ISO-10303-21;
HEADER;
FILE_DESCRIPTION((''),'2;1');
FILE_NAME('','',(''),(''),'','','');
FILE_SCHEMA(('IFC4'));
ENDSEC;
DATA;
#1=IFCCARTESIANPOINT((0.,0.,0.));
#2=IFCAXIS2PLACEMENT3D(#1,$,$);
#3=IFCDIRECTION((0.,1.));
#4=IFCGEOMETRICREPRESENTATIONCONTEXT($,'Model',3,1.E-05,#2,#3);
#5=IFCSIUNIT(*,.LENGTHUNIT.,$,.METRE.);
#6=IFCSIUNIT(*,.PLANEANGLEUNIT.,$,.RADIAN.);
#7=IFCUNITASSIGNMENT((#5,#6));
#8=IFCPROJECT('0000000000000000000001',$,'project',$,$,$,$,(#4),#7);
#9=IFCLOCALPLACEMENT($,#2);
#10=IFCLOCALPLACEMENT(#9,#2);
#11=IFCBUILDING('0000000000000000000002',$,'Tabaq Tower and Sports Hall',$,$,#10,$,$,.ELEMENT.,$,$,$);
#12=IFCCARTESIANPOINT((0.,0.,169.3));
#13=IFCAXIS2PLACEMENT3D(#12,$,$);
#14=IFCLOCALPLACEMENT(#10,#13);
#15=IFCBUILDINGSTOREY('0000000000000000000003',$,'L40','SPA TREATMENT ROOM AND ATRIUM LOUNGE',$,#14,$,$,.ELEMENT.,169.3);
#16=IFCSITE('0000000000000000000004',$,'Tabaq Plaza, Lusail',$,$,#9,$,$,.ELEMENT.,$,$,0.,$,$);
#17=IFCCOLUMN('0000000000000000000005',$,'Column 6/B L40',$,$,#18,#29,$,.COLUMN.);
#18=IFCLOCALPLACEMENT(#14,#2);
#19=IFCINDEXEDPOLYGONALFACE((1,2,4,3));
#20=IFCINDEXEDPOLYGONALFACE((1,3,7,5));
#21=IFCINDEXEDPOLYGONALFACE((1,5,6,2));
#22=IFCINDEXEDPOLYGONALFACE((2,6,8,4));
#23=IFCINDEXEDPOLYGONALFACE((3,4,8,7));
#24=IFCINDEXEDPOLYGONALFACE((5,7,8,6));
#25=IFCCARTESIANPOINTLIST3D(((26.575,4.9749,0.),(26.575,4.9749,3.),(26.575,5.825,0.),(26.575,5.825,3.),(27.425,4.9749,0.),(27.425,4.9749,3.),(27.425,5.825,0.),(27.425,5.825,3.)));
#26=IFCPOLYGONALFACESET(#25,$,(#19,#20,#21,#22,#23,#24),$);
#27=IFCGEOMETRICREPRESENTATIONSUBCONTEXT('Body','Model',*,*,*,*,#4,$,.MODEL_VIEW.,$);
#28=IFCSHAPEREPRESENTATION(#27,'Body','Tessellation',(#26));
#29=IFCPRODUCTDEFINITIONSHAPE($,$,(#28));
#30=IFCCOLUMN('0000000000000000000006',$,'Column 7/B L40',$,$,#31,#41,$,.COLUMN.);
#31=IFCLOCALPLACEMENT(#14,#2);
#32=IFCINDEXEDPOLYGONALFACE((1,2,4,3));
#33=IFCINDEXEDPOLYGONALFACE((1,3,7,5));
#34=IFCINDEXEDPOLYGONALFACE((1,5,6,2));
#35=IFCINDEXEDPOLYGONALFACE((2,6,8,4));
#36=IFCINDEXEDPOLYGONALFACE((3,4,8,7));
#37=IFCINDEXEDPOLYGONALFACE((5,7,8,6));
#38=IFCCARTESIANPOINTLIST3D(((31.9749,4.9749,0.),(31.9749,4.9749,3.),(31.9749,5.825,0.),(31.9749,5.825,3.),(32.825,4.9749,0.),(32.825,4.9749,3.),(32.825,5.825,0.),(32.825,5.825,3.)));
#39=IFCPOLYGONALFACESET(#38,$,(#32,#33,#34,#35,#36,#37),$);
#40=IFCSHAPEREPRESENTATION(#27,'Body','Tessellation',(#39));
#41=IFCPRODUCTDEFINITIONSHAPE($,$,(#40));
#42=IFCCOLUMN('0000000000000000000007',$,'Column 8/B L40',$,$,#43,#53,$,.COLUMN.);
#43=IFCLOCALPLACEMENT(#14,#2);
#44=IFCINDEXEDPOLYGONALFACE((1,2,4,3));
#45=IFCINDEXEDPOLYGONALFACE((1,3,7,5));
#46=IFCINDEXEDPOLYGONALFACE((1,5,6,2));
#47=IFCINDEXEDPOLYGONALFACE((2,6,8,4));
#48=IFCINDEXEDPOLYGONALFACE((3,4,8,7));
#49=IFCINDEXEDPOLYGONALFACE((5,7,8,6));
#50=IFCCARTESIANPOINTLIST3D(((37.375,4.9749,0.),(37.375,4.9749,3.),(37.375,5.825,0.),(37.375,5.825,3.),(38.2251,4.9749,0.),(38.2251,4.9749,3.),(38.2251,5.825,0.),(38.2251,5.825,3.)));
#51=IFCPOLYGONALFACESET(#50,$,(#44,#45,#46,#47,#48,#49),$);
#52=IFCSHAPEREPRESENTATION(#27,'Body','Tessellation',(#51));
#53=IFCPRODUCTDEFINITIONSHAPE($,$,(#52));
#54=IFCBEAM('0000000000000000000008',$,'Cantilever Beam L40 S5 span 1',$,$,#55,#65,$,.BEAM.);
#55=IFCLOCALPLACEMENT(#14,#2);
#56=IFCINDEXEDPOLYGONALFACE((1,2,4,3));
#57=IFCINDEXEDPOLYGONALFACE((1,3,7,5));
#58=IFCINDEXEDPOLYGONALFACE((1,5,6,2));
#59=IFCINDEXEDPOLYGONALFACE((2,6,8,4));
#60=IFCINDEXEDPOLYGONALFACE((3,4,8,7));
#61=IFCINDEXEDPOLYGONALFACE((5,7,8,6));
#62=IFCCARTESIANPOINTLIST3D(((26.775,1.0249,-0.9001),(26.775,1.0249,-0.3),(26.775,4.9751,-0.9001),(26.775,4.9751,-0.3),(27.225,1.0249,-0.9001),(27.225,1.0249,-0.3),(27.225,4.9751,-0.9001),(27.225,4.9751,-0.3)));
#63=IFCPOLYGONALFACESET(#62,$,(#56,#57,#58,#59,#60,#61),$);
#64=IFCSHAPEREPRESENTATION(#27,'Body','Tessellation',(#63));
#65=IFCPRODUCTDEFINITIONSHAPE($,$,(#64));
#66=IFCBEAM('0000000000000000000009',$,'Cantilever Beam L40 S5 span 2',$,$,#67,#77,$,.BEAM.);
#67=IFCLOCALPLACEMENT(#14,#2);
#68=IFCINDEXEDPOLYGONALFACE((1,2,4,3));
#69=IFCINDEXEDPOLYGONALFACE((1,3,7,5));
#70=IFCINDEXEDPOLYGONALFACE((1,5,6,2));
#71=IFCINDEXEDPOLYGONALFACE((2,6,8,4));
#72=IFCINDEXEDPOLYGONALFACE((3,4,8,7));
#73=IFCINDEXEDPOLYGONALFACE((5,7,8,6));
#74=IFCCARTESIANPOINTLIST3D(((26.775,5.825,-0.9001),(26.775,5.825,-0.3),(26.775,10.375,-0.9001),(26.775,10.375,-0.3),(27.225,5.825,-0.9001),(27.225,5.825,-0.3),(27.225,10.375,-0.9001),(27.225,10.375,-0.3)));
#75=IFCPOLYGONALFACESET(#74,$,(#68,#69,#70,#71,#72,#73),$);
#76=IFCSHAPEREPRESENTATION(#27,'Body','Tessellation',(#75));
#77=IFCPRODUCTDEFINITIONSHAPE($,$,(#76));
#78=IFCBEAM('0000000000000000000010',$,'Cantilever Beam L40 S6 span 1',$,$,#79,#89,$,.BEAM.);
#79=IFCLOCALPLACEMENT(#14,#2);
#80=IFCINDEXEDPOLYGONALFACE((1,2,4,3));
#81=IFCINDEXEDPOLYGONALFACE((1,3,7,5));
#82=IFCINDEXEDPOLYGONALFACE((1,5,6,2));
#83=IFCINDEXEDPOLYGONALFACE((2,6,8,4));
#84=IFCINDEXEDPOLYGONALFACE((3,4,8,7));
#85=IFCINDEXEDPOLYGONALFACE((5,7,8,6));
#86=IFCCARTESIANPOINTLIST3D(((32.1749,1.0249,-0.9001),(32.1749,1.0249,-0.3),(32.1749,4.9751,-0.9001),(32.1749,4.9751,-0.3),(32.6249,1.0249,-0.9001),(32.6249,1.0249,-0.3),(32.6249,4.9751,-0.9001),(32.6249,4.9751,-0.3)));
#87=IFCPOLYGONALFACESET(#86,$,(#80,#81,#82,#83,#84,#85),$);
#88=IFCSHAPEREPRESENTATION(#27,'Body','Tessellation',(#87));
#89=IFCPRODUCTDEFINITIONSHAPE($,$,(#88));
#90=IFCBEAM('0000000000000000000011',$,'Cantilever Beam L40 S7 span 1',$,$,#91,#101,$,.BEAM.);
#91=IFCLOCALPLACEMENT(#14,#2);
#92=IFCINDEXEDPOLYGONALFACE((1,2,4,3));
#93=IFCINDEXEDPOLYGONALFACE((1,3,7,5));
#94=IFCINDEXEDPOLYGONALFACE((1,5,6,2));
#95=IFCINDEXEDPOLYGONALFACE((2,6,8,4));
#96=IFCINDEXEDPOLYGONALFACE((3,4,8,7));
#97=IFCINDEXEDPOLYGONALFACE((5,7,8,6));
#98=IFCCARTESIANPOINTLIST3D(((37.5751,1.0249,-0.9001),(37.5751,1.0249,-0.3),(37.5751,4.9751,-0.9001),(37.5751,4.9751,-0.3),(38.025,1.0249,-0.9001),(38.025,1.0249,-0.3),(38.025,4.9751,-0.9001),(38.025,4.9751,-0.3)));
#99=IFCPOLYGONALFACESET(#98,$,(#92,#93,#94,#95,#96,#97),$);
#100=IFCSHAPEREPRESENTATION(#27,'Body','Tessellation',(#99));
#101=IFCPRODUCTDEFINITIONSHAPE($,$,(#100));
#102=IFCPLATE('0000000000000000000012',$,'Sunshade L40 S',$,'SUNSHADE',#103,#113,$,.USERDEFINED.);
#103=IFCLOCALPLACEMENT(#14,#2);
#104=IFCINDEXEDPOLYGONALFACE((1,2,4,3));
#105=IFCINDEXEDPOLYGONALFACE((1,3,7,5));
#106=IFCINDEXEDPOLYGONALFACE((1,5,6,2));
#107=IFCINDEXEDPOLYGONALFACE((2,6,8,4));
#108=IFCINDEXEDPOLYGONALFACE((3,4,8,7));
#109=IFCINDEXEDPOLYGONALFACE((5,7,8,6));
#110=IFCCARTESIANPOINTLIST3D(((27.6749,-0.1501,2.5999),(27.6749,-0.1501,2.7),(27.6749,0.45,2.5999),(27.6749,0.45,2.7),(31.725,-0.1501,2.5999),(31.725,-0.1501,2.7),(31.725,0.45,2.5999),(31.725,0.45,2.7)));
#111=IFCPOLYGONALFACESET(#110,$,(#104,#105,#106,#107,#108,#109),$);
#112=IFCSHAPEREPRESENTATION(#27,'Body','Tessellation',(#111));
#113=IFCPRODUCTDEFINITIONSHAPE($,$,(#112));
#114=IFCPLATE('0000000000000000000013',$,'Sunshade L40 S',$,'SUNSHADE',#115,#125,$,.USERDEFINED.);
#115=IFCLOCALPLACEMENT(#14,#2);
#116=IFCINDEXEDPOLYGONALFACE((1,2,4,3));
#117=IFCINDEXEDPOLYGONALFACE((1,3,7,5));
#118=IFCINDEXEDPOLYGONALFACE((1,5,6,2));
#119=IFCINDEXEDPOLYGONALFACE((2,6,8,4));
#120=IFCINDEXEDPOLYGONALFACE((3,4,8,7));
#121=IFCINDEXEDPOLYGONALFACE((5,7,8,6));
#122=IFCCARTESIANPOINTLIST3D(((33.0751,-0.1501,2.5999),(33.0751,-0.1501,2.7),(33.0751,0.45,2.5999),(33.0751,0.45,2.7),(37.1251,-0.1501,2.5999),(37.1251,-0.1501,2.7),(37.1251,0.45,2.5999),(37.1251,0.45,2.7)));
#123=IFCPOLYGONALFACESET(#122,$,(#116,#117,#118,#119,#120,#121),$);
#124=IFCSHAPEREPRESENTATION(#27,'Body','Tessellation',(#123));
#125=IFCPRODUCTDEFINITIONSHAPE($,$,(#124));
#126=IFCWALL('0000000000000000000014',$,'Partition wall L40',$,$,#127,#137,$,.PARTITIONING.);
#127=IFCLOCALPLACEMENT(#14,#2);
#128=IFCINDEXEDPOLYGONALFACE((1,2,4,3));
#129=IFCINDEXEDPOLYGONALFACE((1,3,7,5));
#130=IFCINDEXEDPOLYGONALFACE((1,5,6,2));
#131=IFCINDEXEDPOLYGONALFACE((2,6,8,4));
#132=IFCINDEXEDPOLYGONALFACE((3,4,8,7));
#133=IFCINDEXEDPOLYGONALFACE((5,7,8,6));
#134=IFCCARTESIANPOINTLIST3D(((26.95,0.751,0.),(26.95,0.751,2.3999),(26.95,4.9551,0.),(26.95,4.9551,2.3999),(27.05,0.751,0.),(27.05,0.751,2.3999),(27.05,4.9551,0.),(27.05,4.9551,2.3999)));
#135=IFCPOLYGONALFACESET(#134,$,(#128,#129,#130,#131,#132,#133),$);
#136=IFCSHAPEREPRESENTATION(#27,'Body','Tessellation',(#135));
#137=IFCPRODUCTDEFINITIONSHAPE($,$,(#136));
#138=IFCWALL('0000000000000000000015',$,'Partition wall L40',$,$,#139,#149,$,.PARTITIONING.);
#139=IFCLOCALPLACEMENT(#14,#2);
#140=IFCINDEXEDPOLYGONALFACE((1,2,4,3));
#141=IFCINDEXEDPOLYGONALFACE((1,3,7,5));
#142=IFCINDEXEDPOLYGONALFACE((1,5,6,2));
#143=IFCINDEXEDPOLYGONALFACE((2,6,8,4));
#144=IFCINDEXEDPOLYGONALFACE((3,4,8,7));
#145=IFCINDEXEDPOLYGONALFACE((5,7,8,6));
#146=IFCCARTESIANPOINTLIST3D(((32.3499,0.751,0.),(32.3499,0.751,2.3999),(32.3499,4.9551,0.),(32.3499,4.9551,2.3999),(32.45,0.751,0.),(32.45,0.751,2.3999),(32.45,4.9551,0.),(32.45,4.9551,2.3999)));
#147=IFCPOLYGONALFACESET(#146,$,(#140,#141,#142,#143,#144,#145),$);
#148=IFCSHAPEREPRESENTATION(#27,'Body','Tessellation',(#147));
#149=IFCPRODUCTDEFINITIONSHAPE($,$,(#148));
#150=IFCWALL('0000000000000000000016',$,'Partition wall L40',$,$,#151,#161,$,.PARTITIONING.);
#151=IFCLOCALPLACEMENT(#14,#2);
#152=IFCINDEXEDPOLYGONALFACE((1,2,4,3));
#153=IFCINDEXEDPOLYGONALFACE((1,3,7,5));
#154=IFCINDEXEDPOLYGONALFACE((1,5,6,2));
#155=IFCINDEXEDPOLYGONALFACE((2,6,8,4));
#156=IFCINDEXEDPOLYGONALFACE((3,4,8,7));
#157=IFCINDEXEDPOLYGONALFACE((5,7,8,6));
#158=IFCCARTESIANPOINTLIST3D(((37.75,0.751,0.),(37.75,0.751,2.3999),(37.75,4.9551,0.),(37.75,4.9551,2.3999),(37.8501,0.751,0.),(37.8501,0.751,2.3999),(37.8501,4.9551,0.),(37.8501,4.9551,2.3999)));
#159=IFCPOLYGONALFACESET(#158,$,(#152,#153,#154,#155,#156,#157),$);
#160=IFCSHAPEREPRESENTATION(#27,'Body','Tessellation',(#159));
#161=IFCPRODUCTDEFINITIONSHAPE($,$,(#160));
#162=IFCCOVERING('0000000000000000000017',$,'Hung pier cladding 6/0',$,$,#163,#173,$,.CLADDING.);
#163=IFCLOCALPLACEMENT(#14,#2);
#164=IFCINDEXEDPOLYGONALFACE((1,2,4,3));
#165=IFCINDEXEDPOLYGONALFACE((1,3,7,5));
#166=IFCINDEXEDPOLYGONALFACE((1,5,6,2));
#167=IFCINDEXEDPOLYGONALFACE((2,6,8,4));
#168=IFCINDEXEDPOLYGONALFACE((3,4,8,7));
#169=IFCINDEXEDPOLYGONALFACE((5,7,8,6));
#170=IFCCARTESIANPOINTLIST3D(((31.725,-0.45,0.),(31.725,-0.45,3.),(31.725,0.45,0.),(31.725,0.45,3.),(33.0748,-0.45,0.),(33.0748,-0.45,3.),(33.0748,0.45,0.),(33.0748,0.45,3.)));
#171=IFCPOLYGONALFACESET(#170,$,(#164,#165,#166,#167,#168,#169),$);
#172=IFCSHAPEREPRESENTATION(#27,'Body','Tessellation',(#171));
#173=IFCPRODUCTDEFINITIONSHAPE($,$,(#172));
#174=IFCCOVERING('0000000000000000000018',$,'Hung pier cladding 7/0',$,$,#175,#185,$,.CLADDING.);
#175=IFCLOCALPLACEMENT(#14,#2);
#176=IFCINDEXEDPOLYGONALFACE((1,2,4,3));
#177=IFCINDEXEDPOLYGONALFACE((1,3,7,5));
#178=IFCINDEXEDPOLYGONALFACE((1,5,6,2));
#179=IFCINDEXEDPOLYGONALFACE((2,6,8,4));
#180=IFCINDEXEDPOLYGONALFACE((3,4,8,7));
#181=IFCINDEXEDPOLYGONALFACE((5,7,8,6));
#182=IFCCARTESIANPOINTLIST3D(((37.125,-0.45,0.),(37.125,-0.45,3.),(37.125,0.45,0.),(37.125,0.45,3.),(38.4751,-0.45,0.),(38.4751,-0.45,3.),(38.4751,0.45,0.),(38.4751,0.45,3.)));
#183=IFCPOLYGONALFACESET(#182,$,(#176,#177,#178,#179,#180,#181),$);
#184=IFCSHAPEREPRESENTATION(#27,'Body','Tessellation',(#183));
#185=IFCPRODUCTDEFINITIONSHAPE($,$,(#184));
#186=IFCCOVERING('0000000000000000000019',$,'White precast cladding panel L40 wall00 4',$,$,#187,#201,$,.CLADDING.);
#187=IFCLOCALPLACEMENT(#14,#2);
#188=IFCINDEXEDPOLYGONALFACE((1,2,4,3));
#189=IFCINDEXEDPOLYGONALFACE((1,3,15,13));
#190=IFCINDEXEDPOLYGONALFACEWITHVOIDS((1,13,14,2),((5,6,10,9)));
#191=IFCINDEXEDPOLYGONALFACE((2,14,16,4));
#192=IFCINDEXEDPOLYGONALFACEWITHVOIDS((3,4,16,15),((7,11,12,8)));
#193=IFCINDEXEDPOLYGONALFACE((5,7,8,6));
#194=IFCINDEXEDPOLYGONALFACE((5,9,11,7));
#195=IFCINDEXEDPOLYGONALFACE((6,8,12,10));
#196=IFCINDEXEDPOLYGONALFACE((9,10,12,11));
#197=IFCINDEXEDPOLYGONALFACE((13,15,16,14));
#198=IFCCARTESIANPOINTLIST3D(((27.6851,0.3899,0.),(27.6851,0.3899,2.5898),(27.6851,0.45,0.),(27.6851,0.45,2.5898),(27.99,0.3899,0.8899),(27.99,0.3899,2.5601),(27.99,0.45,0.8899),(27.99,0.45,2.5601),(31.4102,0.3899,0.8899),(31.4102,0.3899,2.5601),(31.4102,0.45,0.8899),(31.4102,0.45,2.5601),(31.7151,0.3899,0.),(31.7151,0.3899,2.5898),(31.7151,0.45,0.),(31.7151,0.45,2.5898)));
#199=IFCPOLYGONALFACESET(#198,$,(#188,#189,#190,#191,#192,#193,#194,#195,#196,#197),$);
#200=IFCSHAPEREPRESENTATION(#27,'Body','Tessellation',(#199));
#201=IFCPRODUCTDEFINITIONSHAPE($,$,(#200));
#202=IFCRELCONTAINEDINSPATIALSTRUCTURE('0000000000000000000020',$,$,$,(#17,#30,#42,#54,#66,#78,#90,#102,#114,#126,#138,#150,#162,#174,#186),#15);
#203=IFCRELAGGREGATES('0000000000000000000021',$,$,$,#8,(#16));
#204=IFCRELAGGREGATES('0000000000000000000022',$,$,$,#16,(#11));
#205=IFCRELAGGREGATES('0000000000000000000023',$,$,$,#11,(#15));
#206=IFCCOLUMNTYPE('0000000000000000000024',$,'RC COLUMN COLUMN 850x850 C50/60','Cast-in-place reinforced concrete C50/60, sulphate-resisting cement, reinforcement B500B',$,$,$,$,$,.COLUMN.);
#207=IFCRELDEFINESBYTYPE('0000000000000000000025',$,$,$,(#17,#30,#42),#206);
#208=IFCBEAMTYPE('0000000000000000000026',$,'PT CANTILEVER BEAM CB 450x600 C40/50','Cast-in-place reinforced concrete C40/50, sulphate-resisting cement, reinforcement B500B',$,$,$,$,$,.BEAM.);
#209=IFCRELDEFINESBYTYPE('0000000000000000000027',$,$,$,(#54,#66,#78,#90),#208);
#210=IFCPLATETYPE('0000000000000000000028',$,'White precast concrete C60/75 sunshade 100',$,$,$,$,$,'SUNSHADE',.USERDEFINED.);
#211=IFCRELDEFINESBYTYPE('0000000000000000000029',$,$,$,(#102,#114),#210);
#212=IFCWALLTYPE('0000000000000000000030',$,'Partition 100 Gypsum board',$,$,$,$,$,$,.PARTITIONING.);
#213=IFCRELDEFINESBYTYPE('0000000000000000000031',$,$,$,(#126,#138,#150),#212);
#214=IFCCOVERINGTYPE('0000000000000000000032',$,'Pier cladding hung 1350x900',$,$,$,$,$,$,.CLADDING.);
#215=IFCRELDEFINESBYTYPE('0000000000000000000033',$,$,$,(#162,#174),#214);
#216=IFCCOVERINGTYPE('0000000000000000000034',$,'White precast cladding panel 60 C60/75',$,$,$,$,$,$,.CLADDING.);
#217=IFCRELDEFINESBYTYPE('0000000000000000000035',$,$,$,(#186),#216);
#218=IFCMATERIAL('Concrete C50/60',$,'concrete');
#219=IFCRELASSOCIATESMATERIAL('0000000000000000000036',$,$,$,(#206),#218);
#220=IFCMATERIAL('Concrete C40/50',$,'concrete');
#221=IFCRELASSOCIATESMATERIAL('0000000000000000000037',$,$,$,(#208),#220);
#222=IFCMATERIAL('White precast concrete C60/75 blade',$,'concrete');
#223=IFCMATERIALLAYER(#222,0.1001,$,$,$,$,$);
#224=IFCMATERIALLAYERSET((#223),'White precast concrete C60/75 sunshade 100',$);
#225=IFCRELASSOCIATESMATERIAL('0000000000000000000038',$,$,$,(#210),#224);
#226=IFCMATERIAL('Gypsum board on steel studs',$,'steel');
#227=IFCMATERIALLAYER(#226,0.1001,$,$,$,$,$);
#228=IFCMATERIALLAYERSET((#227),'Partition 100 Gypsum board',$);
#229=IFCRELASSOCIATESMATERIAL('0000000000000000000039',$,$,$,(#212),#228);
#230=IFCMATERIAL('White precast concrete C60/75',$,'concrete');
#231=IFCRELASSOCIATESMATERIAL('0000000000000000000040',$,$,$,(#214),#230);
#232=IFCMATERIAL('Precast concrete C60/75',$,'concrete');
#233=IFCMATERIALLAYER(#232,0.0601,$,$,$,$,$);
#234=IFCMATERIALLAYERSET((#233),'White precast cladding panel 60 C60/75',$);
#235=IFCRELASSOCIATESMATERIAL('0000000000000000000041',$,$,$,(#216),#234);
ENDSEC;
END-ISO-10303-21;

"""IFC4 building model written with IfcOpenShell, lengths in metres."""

from ifc_helpers import new_model, si_unit, direction, frame, frame_2d, origin, origin_2d, place, context, subcontext, project, spatial, polyline, rectangle, outline, extrude, material, layer, layer_set, material_profile, profile_set, type_object, element, save


model = new_model("IFC4")

# Units and contexts
model_context = context("Model", 3, precision=1e-05, world=origin(), true_north=direction((0.0, 1.0)))
body_context = subcontext(model_context, "Body", "Model", "MODEL_VIEW")
ifc_project = project(units=[si_unit("LENGTHUNIT", "METRE"), si_unit("PLANEANGLEUNIT", "RADIAN")], contexts=[model_context])

# Site, building, storey
site_placement = place(None, origin())
site = spatial("IfcSite", under=ifc_project, at=site_placement, Name="Tabaq Plaza, Lusail", CompositionType="ELEMENT", RefElevation=0.0)
building_placement = place(site_placement, origin())
building = spatial("IfcBuilding", under=site, at=building_placement, Name="Tabaq Tower and Sports Hall", CompositionType="ELEMENT")
storey_placement = place(building_placement, frame((0.0, 0.0, 169.3)))
storey = spatial("IfcBuildingStorey", under=building, at=storey_placement, Name="L40", Description="SPA TREATMENT ROOM AND ATRIUM LOUNGE", CompositionType="ELEMENT", Elevation=169.3)

# Columns
ifc_material_1 = material(Name="Concrete C50/60", Category="concrete")
ifc_material_profile_1 = material_profile(ifc_material_1, rectangle(XDim=0.8501, YDim=0.8501, at=origin_2d()), Name="COLUMN 850x850")
ifc_profile_set_1 = profile_set([ifc_material_profile_1], Name="Concrete C50/60")
column_type = type_object("IfcColumnType", Name="RC COLUMN COLUMN 850x850 C50/60", Description="Cast-in-place reinforced concrete C50/60, sulphate-resisting cement, reinforcement B500B", PredefinedType="COLUMN", material=ifc_profile_set_1)
for number, where, z_axis, x_axis, name in (
    (1, (27.0, 5.3999, 0.0), (0.0, 0.0, 1.0), (1.0, 0.0, 0.0), "Column 6/B L40"),
    (2, (32.3999, 5.3999, 0.0), (0.0, 0.0, 1.0), (1.0, 0.0, 0.0), "Column 7/B L40"),
    (3, (37.8, 5.3999, 0.0), (0.0, 0.0, 1.0), (1.0, 0.0, 0.0), "Column 8/B L40"),
):
    element("IfcColumn", number, at=place(storey_placement, frame(where, z_axis=z_axis, x_axis=x_axis)), inside=storey, type_object=column_type, Name=name, PredefinedType="COLUMN", context=body_context, shape_type="SweptSolid", body=[
        extrude(rectangle(XDim=0.8501, YDim=0.8501, at=origin_2d()), origin(), (0.0, 0.0, 1.0), 3.0),
    ])

# Beams
ifc_material_2 = material(Name="Concrete C40/50", Category="concrete")
ifc_material_profile_2 = material_profile(ifc_material_2, rectangle(XDim=0.45, YDim=0.6001, at=origin_2d()), Name="CB 450x600")
ifc_profile_set_2 = profile_set([ifc_material_profile_2], Name="Concrete C40/50")
beam_type = type_object("IfcBeamType", Name="PT CANTILEVER BEAM CB 450x600 C40/50", Description="Cast-in-place reinforced concrete C40/50, sulphate-resisting cement, reinforcement B500B", PredefinedType="BEAM", material=ifc_profile_set_2)
beam_1_placement = place(storey_placement, frame((27.0, 1.0249, -0.6001), z_axis=(0.0, 1.0, 0.0), x_axis=(-1.0, 0.0, 0.0)))
element("IfcBeam", 4, at=beam_1_placement, inside=storey, type_object=beam_type, Name="Cantilever Beam L40 S5 span 1", PredefinedType="BEAM", context=body_context, shape_type="SweptSolid", body=[
    extrude(rectangle(XDim=0.45, YDim=0.6001, at=origin_2d()), origin(), (0.0, 0.0, 1.0), 3.9502),
])
beam_2_placement = place(storey_placement, frame((27.0, 5.825, -0.6001), z_axis=(0.0, 1.0, 0.0), x_axis=(-1.0, 0.0, 0.0)))
element("IfcBeam", 5, at=beam_2_placement, inside=storey, type_object=beam_type, Name="Cantilever Beam L40 S5 span 2", PredefinedType="BEAM", context=body_context, shape_type="SweptSolid", body=[
    extrude(rectangle(XDim=0.45, YDim=0.6001, at=origin_2d()), origin(), (0.0, 0.0, 1.0), 4.55),
])
for number, where, z_axis, x_axis, name in (
    (6, (32.3999, 1.0249, -0.6001), (0.0, 1.0, 0.0), (-1.0, 0.0, 0.0), "Cantilever Beam L40 S6 span 1"),
    (7, (37.8, 1.0249, -0.6001), (0.0, 1.0, 0.0), (-1.0, 0.0, 0.0), "Cantilever Beam L40 S7 span 1"),
):
    element("IfcBeam", number, at=place(storey_placement, frame(where, z_axis=z_axis, x_axis=x_axis)), inside=storey, type_object=beam_type, Name=name, PredefinedType="BEAM", context=body_context, shape_type="SweptSolid", body=[
        extrude(rectangle(XDim=0.45, YDim=0.6001, at=origin_2d()), origin(), (0.0, 0.0, 1.0), 3.9502),
    ])

# Plates
ifc_material_3 = material(Name="White precast concrete C60/75 blade", Category="concrete")
ifc_layer_1 = layer(ifc_material_3, 0.1001)
ifc_layer_set_1 = layer_set([ifc_layer_1], Name="White precast concrete C60/75 sunshade 100")
plate_type = type_object("IfcPlateType", Name="White precast concrete C60/75 sunshade 100", ElementType="SUNSHADE", PredefinedType="USERDEFINED", material=ifc_layer_set_1)
for number, where, z_axis, x_axis, name in (
    (8, (29.7, 0.1499, 2.5999), (0.0, 0.0, 1.0), (1.0, 0.0, 0.0), "Sunshade L40 S"),
    (9, (35.1001, 0.1499, 2.5999), (0.0, 0.0, 1.0), (1.0, 0.0, 0.0), "Sunshade L40 S"),
):
    element("IfcPlate", number, at=place(storey_placement, frame(where, z_axis=z_axis, x_axis=x_axis)), inside=storey, type_object=plate_type, Name=name, ObjectType="SUNSHADE", PredefinedType="USERDEFINED", context=body_context, shape_type="SweptSolid", body=[
        extrude(rectangle(XDim=4.05, YDim=0.6001, at=origin_2d()), origin(), (0.0, 0.0, 1.0), 0.1001),
    ])

# Walls
ifc_material_4 = material(Name="Gypsum board on steel studs", Category="steel")
ifc_layer_2 = layer(ifc_material_4, 0.1001)
ifc_layer_set_2 = layer_set([ifc_layer_2], Name="Partition 100 Gypsum board")
wall_type = type_object("IfcWallType", Name="Partition 100 Gypsum board", PredefinedType="PARTITIONING", material=ifc_layer_set_2)
for number, where, z_axis, x_axis, name in (
    (10, (27.0, 0.751, 0.0), (0.0, 0.0, 1.0), (0.0, 1.0, 0.0), "Partition wall L40"),
    (11, (32.3999, 0.751, 0.0), (0.0, 0.0, 1.0), (0.0, 1.0, 0.0), "Partition wall L40"),
    (12, (37.8, 0.751, 0.0), (0.0, 0.0, 1.0), (0.0, 1.0, 0.0), "Partition wall L40"),
):
    element("IfcWall", number, at=place(storey_placement, frame(where, z_axis=z_axis, x_axis=x_axis)), inside=storey, type_object=wall_type, Name=name, PredefinedType="PARTITIONING", context=body_context, shape_type="SweptSolid", body=[
        extrude(rectangle(XDim=4.2041, YDim=0.1001, at=frame_2d((2.1021, 0.0))), origin(), (0.0, 0.0, 1.0), 2.3999),
    ])

# Coverings
ifc_material_5 = material(Name="White precast concrete C60/75", Category="concrete")
covering_type_1 = type_object("IfcCoveringType", Name="Pier cladding hung 1350x900", PredefinedType="CLADDING", material=ifc_material_5)
covering_1_placement = place(storey_placement, frame((31.7251, 0.0, 0.0), z_axis=(0.0, 0.0, 1.0), x_axis=(1.0, 0.0, 0.0)))
element("IfcCovering", 13, at=covering_1_placement, inside=storey, type_object=covering_type_1, Name="Hung pier cladding 6/0", PredefinedType="CLADDING", context=body_context, shape_type="SweptSolid", body=[
    extrude(rectangle(XDim=1.3499, YDim=0.8999, at=frame_2d((0.6748, 0.0))), origin(), (0.0, 0.0, 1.0), 3.0),
])
covering_2_placement = place(storey_placement, frame((37.125, 0.0, 0.0), z_axis=(0.0, 0.0, 1.0), x_axis=(1.0, 0.0, 0.0)))
element("IfcCovering", 14, at=covering_2_placement, inside=storey, type_object=covering_type_1, Name="Hung pier cladding 7/0", PredefinedType="CLADDING", context=body_context, shape_type="SweptSolid", body=[
    extrude(rectangle(XDim=1.3501, YDim=0.8999, at=frame_2d((0.675, 0.0))), origin(), (0.0, 0.0, 1.0), 3.0),
])
ifc_material_6 = material(Name="Precast concrete C60/75", Category="concrete")
ifc_layer_3 = layer(ifc_material_6, 0.0601)
ifc_layer_set_3 = layer_set([ifc_layer_3], Name="White precast cladding panel 60 C60/75")
covering_type_2 = type_object("IfcCoveringType", Name="White precast cladding panel 60 C60/75", PredefinedType="CLADDING", material=ifc_layer_set_3)
covering_3_placement = place(storey_placement, frame((27.6851, 0.4199, 0.0), z_axis=(0.0, 0.0, 1.0), x_axis=(1.0, 0.0, 0.0)))
element("IfcCovering", 15, at=covering_3_placement, inside=storey, type_object=covering_type_2, Name="White precast cladding panel L40 wall00 4", PredefinedType="CLADDING", context=body_context, shape_type="SweptSolid", body=[
    extrude(outline(polyline([(0.0, 0.0), (4.03, 0.0), (4.03, 2.5898), (0.0, 2.5898), (0.0, 0.0)]), holes=[polyline([(3.7251, 0.8899), (0.3049, 0.8899), (0.3049, 2.5601), (3.7251, 2.5601), (3.7251, 0.8899)])]), frame((0.0, 0.03, 0.0), z_axis=(0.0, -1.0, 0.0), x_axis=(1.0, 0.0, 0.0)), (0.0, 0.0, 1.0), 0.0601),
])

save(model, "model.ifc")
